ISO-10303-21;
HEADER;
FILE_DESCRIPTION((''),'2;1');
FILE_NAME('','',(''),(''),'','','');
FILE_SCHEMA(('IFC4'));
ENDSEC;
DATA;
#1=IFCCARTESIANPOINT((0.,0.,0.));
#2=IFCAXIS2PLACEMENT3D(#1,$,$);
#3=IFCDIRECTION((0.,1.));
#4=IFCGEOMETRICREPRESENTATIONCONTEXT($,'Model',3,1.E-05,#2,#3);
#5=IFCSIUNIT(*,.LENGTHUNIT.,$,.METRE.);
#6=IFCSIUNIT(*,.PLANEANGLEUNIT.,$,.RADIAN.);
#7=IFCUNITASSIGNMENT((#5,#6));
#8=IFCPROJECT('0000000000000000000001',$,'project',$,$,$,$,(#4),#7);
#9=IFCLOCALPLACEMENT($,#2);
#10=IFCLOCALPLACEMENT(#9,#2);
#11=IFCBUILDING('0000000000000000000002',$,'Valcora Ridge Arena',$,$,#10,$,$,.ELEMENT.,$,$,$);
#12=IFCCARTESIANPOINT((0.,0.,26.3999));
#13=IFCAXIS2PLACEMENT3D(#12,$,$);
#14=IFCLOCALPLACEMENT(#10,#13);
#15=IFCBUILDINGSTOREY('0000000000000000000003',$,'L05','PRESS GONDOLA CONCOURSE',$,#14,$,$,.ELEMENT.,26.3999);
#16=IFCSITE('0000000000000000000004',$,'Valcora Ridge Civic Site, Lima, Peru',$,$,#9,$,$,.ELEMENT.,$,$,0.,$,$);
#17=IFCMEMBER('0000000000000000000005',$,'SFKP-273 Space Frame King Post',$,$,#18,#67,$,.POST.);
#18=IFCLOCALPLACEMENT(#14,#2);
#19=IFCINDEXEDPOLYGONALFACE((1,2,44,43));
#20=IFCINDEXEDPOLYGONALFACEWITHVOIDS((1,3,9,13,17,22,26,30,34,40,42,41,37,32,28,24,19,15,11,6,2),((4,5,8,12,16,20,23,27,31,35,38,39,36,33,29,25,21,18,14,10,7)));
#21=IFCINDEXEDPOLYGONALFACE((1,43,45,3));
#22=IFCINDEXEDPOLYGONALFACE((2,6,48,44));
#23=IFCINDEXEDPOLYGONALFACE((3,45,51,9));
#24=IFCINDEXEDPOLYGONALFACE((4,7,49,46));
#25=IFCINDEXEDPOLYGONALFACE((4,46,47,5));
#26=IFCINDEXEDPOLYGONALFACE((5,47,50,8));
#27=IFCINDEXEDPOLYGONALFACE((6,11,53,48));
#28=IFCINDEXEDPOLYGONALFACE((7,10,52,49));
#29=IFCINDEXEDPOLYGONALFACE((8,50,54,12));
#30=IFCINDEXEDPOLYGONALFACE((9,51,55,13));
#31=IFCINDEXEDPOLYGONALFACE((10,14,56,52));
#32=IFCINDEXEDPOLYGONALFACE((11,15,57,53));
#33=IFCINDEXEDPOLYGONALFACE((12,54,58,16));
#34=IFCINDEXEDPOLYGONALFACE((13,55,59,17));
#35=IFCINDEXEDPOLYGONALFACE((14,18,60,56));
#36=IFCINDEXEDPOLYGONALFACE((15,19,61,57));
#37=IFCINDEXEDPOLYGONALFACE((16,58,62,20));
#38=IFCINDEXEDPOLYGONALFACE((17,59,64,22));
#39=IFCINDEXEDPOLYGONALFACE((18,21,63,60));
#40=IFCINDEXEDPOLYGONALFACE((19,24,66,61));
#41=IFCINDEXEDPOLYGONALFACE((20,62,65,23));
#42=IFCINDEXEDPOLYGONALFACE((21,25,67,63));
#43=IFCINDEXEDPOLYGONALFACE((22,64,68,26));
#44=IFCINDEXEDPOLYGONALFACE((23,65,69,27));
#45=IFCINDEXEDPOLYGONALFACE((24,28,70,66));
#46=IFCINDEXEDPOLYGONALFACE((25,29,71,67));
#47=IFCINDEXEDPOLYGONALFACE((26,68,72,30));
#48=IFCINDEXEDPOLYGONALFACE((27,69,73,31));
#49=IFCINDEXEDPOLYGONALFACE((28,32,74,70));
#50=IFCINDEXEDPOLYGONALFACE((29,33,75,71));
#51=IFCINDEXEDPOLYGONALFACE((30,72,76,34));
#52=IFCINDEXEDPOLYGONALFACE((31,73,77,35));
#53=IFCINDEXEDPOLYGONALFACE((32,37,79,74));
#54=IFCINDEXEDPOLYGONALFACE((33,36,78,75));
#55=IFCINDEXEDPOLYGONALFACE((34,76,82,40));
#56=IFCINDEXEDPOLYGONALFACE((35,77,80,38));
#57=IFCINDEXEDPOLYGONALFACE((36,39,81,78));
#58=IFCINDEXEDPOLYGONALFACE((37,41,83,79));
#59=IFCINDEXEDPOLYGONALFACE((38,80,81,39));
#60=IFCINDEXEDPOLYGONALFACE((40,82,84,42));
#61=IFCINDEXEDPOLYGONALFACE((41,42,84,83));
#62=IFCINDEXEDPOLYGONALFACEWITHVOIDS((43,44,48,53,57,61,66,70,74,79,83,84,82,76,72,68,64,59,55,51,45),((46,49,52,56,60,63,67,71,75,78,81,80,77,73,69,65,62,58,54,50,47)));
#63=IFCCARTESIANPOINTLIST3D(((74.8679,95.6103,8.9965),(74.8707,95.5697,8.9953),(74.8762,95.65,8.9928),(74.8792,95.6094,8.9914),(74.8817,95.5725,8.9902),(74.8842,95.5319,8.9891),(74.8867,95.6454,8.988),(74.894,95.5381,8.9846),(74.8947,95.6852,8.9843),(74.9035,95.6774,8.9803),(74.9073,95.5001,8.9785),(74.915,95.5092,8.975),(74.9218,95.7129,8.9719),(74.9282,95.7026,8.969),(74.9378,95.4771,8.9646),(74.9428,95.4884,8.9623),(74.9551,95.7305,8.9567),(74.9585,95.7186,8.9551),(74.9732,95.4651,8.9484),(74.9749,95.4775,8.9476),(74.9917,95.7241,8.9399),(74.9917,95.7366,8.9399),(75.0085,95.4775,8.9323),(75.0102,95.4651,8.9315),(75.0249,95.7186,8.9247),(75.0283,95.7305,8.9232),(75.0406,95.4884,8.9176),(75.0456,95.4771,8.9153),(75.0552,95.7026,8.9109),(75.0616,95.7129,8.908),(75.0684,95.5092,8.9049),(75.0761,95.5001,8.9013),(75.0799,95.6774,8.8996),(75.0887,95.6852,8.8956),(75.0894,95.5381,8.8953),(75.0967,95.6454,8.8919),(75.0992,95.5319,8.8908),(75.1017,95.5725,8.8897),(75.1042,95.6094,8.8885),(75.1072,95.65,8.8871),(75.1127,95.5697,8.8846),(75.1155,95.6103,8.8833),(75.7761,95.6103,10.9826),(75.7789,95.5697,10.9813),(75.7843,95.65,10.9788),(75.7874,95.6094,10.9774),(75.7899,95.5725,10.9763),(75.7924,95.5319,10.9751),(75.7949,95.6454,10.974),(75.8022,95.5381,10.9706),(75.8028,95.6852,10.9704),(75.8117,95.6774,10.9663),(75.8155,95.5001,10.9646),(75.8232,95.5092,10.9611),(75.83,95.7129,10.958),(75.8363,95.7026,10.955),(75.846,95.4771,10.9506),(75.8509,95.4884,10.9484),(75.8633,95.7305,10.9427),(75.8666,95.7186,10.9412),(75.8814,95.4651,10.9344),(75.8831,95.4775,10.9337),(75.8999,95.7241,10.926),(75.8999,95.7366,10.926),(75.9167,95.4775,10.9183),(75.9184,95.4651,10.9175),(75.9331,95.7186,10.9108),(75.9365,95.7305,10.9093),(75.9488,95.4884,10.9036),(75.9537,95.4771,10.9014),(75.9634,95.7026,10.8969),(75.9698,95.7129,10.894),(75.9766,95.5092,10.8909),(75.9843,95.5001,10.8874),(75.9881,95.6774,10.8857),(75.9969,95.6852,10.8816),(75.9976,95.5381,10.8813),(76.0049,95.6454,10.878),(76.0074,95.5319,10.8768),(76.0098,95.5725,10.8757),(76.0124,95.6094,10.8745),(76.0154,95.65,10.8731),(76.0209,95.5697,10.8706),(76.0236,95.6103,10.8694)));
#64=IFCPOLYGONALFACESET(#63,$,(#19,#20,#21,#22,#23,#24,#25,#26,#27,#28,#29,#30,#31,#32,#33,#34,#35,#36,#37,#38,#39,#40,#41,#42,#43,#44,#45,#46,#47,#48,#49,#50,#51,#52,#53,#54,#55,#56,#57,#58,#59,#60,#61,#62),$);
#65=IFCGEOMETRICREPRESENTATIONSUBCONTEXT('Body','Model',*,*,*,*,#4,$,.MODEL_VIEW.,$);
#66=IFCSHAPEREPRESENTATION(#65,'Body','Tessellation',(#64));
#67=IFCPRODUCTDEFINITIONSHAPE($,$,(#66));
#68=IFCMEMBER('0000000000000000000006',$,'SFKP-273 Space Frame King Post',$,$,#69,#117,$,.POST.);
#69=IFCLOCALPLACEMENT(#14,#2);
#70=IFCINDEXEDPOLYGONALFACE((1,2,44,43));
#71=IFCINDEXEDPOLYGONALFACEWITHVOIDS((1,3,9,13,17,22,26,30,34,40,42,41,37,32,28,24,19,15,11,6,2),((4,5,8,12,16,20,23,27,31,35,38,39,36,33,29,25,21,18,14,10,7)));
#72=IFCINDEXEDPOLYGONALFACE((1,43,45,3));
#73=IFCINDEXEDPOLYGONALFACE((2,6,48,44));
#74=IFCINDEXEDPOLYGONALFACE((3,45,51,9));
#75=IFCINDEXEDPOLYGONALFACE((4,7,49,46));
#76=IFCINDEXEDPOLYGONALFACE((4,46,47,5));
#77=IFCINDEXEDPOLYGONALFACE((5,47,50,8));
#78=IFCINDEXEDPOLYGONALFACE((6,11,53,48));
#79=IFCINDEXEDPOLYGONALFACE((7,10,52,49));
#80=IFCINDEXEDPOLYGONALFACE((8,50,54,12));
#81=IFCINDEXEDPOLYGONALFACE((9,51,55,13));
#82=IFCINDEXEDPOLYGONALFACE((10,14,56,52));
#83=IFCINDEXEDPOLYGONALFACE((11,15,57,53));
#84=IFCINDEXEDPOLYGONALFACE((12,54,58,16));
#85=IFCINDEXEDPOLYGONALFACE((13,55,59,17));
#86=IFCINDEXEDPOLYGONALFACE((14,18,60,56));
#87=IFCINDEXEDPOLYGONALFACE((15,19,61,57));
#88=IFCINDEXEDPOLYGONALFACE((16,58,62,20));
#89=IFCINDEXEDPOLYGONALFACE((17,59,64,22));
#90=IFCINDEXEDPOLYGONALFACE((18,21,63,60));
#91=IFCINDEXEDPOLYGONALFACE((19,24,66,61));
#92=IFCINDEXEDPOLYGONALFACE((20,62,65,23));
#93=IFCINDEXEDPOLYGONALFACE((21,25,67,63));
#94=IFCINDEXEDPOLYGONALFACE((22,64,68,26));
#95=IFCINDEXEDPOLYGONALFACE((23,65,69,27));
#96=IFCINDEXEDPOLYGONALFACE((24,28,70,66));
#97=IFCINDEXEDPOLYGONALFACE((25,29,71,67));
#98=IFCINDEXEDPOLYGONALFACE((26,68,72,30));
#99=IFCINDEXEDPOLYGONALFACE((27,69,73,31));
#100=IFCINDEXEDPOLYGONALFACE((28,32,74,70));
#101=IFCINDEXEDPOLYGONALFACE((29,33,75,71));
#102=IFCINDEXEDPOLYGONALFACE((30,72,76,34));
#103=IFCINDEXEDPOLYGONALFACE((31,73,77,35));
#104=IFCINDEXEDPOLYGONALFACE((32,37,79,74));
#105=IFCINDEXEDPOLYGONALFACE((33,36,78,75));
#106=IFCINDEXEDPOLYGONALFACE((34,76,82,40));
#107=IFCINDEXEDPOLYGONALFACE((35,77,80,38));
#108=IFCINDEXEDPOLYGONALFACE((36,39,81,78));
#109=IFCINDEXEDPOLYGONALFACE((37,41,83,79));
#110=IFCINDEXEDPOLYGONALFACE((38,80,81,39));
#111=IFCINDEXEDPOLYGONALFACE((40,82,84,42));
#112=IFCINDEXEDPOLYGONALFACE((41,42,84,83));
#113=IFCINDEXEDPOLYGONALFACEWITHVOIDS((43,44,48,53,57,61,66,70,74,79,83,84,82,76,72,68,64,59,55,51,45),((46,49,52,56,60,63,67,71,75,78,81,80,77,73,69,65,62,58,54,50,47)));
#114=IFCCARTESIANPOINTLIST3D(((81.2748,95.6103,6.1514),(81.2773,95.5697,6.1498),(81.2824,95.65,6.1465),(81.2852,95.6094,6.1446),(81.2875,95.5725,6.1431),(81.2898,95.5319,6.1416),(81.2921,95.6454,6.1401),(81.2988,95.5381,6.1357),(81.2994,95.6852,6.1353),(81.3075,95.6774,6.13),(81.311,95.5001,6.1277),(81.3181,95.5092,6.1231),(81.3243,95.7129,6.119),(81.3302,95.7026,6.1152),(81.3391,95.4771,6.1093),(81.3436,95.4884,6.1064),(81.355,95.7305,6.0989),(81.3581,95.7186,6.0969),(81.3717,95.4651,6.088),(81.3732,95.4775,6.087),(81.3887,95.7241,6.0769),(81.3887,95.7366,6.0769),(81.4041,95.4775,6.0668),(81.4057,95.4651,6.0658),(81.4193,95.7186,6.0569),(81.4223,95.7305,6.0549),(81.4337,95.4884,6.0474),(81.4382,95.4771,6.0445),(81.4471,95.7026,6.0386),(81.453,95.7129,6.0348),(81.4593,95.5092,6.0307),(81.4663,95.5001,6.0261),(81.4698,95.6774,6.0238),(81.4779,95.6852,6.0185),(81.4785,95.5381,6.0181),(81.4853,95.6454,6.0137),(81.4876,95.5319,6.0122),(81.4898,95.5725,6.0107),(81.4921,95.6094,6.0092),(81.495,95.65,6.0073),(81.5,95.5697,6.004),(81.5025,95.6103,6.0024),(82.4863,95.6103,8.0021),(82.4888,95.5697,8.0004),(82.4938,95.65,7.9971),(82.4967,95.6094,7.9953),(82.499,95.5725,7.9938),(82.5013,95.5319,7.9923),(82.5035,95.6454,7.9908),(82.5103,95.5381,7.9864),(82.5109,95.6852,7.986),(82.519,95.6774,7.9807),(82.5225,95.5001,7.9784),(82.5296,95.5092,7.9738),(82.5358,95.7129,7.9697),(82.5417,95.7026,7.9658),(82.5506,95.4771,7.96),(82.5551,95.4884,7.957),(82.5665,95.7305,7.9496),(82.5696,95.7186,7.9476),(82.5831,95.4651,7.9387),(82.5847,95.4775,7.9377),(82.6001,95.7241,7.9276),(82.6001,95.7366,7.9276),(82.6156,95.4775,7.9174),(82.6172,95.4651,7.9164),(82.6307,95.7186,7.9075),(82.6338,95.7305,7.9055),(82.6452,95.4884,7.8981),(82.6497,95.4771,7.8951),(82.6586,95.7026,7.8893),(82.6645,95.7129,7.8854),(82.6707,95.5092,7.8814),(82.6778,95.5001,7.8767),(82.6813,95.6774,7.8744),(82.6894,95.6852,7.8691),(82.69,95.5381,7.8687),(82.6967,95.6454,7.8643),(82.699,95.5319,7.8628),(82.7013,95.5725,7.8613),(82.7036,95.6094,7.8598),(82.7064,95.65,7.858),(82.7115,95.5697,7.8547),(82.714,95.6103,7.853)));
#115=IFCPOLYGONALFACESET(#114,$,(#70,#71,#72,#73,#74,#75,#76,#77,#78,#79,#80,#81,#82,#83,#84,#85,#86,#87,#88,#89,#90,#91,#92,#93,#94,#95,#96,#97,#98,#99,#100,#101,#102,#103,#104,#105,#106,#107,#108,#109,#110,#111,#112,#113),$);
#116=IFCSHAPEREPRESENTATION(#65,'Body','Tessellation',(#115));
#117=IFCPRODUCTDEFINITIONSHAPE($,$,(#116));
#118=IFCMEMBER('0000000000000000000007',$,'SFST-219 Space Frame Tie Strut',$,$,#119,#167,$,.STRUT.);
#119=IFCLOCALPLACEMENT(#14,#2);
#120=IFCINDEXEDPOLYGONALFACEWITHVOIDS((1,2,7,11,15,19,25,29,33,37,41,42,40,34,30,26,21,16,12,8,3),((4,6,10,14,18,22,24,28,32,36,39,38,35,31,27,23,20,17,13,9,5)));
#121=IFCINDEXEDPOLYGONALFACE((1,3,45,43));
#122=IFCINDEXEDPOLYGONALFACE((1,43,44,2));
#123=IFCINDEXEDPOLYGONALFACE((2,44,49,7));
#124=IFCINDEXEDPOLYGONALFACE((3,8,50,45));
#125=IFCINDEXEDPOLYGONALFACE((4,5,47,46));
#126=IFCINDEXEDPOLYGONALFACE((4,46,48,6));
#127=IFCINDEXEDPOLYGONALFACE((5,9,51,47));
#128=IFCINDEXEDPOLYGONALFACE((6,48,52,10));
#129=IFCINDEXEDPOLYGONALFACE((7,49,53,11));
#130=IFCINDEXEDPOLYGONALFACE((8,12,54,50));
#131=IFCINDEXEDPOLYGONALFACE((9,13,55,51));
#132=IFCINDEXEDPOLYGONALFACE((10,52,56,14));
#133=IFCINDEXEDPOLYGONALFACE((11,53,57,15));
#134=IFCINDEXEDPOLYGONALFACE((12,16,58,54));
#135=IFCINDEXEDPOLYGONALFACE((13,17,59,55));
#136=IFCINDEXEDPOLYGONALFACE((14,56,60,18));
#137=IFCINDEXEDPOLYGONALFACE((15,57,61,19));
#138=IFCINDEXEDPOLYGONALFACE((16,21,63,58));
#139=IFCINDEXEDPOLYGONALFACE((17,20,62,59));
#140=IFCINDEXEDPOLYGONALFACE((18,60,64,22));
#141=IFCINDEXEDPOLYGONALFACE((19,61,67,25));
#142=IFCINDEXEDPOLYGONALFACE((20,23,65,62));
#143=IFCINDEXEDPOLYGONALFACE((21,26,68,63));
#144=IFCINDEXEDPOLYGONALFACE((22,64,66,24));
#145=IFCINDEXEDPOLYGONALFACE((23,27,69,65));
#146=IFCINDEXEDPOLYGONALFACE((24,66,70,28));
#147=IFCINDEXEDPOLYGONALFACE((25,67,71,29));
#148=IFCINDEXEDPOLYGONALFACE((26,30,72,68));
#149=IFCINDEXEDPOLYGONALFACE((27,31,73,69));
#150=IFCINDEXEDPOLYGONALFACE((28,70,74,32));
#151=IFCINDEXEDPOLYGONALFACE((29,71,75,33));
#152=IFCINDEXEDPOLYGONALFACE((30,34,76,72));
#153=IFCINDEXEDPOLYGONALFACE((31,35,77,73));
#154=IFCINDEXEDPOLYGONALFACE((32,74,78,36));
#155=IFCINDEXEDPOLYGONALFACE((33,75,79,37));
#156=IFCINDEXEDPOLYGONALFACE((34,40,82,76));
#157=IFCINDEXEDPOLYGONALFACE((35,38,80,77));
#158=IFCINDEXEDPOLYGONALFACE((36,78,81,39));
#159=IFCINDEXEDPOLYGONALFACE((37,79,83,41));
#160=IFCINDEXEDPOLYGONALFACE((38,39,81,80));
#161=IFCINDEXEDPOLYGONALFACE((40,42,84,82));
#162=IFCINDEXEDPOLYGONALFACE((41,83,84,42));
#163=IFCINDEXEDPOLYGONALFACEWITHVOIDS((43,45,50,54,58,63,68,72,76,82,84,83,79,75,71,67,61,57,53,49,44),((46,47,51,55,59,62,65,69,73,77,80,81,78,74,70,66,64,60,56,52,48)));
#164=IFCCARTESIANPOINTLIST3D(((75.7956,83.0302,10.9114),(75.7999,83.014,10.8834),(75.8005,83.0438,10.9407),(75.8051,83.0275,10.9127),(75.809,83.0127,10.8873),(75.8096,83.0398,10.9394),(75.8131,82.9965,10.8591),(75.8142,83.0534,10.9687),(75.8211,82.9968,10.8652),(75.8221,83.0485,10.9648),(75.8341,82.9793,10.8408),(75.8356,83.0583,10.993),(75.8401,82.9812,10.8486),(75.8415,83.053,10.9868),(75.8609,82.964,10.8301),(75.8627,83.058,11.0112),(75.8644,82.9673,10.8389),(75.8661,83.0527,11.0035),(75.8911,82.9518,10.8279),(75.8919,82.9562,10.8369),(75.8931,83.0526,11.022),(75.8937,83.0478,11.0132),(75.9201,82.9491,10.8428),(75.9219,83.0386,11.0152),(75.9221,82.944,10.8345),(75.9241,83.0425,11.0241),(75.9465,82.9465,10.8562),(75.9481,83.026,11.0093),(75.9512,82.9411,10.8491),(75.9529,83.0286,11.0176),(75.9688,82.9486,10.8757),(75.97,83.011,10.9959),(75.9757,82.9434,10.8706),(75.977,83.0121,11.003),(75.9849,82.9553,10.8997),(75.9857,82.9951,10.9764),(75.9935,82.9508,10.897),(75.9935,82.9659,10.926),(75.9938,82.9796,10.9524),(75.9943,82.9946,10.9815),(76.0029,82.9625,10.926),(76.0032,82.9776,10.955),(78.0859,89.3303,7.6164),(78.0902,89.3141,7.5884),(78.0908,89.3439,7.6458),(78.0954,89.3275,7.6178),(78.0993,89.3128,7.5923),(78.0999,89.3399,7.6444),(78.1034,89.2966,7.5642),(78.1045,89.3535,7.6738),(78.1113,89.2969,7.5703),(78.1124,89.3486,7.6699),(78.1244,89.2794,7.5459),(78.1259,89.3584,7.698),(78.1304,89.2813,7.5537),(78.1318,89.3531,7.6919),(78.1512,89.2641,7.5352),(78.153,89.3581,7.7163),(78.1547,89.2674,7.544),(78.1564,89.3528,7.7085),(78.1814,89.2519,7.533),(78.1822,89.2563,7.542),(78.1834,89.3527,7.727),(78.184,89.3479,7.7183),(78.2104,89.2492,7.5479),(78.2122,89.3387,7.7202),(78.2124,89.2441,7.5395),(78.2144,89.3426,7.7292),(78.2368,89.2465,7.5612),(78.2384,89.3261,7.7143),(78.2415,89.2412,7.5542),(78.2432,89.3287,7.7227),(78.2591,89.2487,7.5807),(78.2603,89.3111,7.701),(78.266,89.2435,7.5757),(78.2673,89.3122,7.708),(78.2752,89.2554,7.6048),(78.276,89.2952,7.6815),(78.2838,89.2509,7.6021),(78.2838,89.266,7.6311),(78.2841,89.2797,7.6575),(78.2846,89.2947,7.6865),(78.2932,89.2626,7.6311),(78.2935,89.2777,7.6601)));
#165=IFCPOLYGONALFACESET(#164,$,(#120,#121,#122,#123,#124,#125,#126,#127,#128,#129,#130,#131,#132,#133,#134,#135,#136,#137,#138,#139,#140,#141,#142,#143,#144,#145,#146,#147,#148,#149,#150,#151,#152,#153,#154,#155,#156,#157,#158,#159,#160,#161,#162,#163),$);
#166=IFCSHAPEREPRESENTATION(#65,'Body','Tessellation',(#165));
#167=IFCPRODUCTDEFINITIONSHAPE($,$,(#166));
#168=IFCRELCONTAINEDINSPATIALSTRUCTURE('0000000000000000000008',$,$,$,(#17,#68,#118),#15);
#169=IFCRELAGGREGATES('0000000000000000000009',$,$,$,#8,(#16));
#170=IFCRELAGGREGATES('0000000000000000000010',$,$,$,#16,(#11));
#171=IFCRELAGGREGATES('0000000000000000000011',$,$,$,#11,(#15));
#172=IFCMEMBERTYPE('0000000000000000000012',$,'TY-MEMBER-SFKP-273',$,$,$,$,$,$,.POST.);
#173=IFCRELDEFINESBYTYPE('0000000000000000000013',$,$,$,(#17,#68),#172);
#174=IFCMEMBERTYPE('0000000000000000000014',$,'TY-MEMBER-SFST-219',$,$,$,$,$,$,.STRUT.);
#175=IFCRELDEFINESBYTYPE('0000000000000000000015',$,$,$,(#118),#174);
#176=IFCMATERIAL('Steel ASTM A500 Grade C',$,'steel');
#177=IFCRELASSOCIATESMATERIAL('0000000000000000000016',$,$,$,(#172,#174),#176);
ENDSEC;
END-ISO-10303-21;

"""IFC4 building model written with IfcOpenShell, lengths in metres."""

from ifc_helpers import new_model, si_unit, direction, frame, origin, origin_2d, place, context, subcontext, project, spatial, hollow_circle, extrude, material, material_profile, profile_set, type_object, element, save


model = new_model("IFC4")

# Units and contexts
model_context = context("Model", 3, precision=1e-05, world=origin(), true_north=direction((0.0, 1.0)))
body_context = subcontext(model_context, "Body", "Model", "MODEL_VIEW")
ifc_project = project(units=[si_unit("LENGTHUNIT", "METRE"), si_unit("PLANEANGLEUNIT", "RADIAN")], contexts=[model_context])

# Site, building, storey
site_placement = place(None, origin())
site = spatial("IfcSite", under=ifc_project, at=site_placement, Name="Valcora Ridge Civic Site, Lima, Peru", CompositionType="ELEMENT", RefElevation=0.0)
building_placement = place(site_placement, origin())
building = spatial("IfcBuilding", under=site, at=building_placement, Name="Valcora Ridge Arena", CompositionType="ELEMENT")
storey_placement = place(building_placement, frame((0.0, 0.0, 26.3999)))
storey = spatial("IfcBuildingStorey", under=building, at=storey_placement, Name="L05", Description="PRESS GONDOLA CONCOURSE", CompositionType="ELEMENT", Elevation=26.3999)

# Members
ifc_material_1 = material(Name="Steel ASTM A500 Grade C", Category="steel")
ifc_material_profile_1 = material_profile(ifc_material_1, hollow_circle(Radius=0.1365, WallThickness=0.0125, at=origin_2d()), Name="CHS273X12")
ifc_profile_set_1 = profile_set([ifc_material_profile_1], Name="Steel ASTM A500 Grade C")
member_type_1 = type_object("IfcMemberType", Name="TY-MEMBER-SFKP-273", PredefinedType="POST", material=ifc_profile_set_1)
member_1_placement = place(storey_placement, frame((74.9917, 95.6001, 8.9399), z_axis=(0.415865, 0.0, 0.909426), x_axis=(0.0, 1.0, 0.0)))
element("IfcMember", 1, at=member_1_placement, inside=storey, type_object=member_type_1, Name="SFKP-273 Space Frame King Post", PredefinedType="POST", context=body_context, shape_type="SweptSolid", body=[
    extrude(hollow_circle(Radius=0.1365, WallThickness=0.0125, at=origin_2d()), origin(), (0.0, 0.0, 1.0), 2.1838),
])
member_2_placement = place(storey_placement, frame((81.3887, 95.6001, 6.0769), z_axis=(0.547701, 0.0, 0.836674), x_axis=(0.0, 1.0, 0.0)))
element("IfcMember", 2, at=member_2_placement, inside=storey, type_object=member_type_1, Name="SFKP-273 Space Frame King Post", PredefinedType="POST", context=body_context, shape_type="SweptSolid", body=[
    extrude(hollow_circle(Radius=0.1365, WallThickness=0.0125, at=origin_2d()), origin(), (0.0, 0.0, 1.0), 2.2119),
])
ifc_material_profile_2 = material_profile(ifc_material_1, hollow_circle(Radius=0.1096, WallThickness=0.01, at=origin_2d()), Name="CHS219X10")
ifc_profile_set_2 = profile_set([ifc_material_profile_2], Name="Steel ASTM A500 Grade C")
member_type_2 = type_object("IfcMemberType", Name="TY-MEMBER-SFST-219", PredefinedType="STRUT", material=ifc_profile_set_2)
member_3_placement = place(storey_placement, frame((78.1902, 89.3, 7.6311), z_axis=(-0.306621, -0.843443, 0.44112), x_axis=(0.939824, -0.341658, 0.0)))
element("IfcMember", 3, at=member_3_placement, inside=storey, type_object=member_type_2, Name="SFST-219 Space Frame Tie Strut", PredefinedType="STRUT", context=body_context, shape_type="SweptSolid", body=[
    extrude(hollow_circle(Radius=0.1096, WallThickness=0.01, at=origin_2d()), origin(), (0.0, 0.0, 1.0), 7.4695),
])

save(model, "model.ifc")
